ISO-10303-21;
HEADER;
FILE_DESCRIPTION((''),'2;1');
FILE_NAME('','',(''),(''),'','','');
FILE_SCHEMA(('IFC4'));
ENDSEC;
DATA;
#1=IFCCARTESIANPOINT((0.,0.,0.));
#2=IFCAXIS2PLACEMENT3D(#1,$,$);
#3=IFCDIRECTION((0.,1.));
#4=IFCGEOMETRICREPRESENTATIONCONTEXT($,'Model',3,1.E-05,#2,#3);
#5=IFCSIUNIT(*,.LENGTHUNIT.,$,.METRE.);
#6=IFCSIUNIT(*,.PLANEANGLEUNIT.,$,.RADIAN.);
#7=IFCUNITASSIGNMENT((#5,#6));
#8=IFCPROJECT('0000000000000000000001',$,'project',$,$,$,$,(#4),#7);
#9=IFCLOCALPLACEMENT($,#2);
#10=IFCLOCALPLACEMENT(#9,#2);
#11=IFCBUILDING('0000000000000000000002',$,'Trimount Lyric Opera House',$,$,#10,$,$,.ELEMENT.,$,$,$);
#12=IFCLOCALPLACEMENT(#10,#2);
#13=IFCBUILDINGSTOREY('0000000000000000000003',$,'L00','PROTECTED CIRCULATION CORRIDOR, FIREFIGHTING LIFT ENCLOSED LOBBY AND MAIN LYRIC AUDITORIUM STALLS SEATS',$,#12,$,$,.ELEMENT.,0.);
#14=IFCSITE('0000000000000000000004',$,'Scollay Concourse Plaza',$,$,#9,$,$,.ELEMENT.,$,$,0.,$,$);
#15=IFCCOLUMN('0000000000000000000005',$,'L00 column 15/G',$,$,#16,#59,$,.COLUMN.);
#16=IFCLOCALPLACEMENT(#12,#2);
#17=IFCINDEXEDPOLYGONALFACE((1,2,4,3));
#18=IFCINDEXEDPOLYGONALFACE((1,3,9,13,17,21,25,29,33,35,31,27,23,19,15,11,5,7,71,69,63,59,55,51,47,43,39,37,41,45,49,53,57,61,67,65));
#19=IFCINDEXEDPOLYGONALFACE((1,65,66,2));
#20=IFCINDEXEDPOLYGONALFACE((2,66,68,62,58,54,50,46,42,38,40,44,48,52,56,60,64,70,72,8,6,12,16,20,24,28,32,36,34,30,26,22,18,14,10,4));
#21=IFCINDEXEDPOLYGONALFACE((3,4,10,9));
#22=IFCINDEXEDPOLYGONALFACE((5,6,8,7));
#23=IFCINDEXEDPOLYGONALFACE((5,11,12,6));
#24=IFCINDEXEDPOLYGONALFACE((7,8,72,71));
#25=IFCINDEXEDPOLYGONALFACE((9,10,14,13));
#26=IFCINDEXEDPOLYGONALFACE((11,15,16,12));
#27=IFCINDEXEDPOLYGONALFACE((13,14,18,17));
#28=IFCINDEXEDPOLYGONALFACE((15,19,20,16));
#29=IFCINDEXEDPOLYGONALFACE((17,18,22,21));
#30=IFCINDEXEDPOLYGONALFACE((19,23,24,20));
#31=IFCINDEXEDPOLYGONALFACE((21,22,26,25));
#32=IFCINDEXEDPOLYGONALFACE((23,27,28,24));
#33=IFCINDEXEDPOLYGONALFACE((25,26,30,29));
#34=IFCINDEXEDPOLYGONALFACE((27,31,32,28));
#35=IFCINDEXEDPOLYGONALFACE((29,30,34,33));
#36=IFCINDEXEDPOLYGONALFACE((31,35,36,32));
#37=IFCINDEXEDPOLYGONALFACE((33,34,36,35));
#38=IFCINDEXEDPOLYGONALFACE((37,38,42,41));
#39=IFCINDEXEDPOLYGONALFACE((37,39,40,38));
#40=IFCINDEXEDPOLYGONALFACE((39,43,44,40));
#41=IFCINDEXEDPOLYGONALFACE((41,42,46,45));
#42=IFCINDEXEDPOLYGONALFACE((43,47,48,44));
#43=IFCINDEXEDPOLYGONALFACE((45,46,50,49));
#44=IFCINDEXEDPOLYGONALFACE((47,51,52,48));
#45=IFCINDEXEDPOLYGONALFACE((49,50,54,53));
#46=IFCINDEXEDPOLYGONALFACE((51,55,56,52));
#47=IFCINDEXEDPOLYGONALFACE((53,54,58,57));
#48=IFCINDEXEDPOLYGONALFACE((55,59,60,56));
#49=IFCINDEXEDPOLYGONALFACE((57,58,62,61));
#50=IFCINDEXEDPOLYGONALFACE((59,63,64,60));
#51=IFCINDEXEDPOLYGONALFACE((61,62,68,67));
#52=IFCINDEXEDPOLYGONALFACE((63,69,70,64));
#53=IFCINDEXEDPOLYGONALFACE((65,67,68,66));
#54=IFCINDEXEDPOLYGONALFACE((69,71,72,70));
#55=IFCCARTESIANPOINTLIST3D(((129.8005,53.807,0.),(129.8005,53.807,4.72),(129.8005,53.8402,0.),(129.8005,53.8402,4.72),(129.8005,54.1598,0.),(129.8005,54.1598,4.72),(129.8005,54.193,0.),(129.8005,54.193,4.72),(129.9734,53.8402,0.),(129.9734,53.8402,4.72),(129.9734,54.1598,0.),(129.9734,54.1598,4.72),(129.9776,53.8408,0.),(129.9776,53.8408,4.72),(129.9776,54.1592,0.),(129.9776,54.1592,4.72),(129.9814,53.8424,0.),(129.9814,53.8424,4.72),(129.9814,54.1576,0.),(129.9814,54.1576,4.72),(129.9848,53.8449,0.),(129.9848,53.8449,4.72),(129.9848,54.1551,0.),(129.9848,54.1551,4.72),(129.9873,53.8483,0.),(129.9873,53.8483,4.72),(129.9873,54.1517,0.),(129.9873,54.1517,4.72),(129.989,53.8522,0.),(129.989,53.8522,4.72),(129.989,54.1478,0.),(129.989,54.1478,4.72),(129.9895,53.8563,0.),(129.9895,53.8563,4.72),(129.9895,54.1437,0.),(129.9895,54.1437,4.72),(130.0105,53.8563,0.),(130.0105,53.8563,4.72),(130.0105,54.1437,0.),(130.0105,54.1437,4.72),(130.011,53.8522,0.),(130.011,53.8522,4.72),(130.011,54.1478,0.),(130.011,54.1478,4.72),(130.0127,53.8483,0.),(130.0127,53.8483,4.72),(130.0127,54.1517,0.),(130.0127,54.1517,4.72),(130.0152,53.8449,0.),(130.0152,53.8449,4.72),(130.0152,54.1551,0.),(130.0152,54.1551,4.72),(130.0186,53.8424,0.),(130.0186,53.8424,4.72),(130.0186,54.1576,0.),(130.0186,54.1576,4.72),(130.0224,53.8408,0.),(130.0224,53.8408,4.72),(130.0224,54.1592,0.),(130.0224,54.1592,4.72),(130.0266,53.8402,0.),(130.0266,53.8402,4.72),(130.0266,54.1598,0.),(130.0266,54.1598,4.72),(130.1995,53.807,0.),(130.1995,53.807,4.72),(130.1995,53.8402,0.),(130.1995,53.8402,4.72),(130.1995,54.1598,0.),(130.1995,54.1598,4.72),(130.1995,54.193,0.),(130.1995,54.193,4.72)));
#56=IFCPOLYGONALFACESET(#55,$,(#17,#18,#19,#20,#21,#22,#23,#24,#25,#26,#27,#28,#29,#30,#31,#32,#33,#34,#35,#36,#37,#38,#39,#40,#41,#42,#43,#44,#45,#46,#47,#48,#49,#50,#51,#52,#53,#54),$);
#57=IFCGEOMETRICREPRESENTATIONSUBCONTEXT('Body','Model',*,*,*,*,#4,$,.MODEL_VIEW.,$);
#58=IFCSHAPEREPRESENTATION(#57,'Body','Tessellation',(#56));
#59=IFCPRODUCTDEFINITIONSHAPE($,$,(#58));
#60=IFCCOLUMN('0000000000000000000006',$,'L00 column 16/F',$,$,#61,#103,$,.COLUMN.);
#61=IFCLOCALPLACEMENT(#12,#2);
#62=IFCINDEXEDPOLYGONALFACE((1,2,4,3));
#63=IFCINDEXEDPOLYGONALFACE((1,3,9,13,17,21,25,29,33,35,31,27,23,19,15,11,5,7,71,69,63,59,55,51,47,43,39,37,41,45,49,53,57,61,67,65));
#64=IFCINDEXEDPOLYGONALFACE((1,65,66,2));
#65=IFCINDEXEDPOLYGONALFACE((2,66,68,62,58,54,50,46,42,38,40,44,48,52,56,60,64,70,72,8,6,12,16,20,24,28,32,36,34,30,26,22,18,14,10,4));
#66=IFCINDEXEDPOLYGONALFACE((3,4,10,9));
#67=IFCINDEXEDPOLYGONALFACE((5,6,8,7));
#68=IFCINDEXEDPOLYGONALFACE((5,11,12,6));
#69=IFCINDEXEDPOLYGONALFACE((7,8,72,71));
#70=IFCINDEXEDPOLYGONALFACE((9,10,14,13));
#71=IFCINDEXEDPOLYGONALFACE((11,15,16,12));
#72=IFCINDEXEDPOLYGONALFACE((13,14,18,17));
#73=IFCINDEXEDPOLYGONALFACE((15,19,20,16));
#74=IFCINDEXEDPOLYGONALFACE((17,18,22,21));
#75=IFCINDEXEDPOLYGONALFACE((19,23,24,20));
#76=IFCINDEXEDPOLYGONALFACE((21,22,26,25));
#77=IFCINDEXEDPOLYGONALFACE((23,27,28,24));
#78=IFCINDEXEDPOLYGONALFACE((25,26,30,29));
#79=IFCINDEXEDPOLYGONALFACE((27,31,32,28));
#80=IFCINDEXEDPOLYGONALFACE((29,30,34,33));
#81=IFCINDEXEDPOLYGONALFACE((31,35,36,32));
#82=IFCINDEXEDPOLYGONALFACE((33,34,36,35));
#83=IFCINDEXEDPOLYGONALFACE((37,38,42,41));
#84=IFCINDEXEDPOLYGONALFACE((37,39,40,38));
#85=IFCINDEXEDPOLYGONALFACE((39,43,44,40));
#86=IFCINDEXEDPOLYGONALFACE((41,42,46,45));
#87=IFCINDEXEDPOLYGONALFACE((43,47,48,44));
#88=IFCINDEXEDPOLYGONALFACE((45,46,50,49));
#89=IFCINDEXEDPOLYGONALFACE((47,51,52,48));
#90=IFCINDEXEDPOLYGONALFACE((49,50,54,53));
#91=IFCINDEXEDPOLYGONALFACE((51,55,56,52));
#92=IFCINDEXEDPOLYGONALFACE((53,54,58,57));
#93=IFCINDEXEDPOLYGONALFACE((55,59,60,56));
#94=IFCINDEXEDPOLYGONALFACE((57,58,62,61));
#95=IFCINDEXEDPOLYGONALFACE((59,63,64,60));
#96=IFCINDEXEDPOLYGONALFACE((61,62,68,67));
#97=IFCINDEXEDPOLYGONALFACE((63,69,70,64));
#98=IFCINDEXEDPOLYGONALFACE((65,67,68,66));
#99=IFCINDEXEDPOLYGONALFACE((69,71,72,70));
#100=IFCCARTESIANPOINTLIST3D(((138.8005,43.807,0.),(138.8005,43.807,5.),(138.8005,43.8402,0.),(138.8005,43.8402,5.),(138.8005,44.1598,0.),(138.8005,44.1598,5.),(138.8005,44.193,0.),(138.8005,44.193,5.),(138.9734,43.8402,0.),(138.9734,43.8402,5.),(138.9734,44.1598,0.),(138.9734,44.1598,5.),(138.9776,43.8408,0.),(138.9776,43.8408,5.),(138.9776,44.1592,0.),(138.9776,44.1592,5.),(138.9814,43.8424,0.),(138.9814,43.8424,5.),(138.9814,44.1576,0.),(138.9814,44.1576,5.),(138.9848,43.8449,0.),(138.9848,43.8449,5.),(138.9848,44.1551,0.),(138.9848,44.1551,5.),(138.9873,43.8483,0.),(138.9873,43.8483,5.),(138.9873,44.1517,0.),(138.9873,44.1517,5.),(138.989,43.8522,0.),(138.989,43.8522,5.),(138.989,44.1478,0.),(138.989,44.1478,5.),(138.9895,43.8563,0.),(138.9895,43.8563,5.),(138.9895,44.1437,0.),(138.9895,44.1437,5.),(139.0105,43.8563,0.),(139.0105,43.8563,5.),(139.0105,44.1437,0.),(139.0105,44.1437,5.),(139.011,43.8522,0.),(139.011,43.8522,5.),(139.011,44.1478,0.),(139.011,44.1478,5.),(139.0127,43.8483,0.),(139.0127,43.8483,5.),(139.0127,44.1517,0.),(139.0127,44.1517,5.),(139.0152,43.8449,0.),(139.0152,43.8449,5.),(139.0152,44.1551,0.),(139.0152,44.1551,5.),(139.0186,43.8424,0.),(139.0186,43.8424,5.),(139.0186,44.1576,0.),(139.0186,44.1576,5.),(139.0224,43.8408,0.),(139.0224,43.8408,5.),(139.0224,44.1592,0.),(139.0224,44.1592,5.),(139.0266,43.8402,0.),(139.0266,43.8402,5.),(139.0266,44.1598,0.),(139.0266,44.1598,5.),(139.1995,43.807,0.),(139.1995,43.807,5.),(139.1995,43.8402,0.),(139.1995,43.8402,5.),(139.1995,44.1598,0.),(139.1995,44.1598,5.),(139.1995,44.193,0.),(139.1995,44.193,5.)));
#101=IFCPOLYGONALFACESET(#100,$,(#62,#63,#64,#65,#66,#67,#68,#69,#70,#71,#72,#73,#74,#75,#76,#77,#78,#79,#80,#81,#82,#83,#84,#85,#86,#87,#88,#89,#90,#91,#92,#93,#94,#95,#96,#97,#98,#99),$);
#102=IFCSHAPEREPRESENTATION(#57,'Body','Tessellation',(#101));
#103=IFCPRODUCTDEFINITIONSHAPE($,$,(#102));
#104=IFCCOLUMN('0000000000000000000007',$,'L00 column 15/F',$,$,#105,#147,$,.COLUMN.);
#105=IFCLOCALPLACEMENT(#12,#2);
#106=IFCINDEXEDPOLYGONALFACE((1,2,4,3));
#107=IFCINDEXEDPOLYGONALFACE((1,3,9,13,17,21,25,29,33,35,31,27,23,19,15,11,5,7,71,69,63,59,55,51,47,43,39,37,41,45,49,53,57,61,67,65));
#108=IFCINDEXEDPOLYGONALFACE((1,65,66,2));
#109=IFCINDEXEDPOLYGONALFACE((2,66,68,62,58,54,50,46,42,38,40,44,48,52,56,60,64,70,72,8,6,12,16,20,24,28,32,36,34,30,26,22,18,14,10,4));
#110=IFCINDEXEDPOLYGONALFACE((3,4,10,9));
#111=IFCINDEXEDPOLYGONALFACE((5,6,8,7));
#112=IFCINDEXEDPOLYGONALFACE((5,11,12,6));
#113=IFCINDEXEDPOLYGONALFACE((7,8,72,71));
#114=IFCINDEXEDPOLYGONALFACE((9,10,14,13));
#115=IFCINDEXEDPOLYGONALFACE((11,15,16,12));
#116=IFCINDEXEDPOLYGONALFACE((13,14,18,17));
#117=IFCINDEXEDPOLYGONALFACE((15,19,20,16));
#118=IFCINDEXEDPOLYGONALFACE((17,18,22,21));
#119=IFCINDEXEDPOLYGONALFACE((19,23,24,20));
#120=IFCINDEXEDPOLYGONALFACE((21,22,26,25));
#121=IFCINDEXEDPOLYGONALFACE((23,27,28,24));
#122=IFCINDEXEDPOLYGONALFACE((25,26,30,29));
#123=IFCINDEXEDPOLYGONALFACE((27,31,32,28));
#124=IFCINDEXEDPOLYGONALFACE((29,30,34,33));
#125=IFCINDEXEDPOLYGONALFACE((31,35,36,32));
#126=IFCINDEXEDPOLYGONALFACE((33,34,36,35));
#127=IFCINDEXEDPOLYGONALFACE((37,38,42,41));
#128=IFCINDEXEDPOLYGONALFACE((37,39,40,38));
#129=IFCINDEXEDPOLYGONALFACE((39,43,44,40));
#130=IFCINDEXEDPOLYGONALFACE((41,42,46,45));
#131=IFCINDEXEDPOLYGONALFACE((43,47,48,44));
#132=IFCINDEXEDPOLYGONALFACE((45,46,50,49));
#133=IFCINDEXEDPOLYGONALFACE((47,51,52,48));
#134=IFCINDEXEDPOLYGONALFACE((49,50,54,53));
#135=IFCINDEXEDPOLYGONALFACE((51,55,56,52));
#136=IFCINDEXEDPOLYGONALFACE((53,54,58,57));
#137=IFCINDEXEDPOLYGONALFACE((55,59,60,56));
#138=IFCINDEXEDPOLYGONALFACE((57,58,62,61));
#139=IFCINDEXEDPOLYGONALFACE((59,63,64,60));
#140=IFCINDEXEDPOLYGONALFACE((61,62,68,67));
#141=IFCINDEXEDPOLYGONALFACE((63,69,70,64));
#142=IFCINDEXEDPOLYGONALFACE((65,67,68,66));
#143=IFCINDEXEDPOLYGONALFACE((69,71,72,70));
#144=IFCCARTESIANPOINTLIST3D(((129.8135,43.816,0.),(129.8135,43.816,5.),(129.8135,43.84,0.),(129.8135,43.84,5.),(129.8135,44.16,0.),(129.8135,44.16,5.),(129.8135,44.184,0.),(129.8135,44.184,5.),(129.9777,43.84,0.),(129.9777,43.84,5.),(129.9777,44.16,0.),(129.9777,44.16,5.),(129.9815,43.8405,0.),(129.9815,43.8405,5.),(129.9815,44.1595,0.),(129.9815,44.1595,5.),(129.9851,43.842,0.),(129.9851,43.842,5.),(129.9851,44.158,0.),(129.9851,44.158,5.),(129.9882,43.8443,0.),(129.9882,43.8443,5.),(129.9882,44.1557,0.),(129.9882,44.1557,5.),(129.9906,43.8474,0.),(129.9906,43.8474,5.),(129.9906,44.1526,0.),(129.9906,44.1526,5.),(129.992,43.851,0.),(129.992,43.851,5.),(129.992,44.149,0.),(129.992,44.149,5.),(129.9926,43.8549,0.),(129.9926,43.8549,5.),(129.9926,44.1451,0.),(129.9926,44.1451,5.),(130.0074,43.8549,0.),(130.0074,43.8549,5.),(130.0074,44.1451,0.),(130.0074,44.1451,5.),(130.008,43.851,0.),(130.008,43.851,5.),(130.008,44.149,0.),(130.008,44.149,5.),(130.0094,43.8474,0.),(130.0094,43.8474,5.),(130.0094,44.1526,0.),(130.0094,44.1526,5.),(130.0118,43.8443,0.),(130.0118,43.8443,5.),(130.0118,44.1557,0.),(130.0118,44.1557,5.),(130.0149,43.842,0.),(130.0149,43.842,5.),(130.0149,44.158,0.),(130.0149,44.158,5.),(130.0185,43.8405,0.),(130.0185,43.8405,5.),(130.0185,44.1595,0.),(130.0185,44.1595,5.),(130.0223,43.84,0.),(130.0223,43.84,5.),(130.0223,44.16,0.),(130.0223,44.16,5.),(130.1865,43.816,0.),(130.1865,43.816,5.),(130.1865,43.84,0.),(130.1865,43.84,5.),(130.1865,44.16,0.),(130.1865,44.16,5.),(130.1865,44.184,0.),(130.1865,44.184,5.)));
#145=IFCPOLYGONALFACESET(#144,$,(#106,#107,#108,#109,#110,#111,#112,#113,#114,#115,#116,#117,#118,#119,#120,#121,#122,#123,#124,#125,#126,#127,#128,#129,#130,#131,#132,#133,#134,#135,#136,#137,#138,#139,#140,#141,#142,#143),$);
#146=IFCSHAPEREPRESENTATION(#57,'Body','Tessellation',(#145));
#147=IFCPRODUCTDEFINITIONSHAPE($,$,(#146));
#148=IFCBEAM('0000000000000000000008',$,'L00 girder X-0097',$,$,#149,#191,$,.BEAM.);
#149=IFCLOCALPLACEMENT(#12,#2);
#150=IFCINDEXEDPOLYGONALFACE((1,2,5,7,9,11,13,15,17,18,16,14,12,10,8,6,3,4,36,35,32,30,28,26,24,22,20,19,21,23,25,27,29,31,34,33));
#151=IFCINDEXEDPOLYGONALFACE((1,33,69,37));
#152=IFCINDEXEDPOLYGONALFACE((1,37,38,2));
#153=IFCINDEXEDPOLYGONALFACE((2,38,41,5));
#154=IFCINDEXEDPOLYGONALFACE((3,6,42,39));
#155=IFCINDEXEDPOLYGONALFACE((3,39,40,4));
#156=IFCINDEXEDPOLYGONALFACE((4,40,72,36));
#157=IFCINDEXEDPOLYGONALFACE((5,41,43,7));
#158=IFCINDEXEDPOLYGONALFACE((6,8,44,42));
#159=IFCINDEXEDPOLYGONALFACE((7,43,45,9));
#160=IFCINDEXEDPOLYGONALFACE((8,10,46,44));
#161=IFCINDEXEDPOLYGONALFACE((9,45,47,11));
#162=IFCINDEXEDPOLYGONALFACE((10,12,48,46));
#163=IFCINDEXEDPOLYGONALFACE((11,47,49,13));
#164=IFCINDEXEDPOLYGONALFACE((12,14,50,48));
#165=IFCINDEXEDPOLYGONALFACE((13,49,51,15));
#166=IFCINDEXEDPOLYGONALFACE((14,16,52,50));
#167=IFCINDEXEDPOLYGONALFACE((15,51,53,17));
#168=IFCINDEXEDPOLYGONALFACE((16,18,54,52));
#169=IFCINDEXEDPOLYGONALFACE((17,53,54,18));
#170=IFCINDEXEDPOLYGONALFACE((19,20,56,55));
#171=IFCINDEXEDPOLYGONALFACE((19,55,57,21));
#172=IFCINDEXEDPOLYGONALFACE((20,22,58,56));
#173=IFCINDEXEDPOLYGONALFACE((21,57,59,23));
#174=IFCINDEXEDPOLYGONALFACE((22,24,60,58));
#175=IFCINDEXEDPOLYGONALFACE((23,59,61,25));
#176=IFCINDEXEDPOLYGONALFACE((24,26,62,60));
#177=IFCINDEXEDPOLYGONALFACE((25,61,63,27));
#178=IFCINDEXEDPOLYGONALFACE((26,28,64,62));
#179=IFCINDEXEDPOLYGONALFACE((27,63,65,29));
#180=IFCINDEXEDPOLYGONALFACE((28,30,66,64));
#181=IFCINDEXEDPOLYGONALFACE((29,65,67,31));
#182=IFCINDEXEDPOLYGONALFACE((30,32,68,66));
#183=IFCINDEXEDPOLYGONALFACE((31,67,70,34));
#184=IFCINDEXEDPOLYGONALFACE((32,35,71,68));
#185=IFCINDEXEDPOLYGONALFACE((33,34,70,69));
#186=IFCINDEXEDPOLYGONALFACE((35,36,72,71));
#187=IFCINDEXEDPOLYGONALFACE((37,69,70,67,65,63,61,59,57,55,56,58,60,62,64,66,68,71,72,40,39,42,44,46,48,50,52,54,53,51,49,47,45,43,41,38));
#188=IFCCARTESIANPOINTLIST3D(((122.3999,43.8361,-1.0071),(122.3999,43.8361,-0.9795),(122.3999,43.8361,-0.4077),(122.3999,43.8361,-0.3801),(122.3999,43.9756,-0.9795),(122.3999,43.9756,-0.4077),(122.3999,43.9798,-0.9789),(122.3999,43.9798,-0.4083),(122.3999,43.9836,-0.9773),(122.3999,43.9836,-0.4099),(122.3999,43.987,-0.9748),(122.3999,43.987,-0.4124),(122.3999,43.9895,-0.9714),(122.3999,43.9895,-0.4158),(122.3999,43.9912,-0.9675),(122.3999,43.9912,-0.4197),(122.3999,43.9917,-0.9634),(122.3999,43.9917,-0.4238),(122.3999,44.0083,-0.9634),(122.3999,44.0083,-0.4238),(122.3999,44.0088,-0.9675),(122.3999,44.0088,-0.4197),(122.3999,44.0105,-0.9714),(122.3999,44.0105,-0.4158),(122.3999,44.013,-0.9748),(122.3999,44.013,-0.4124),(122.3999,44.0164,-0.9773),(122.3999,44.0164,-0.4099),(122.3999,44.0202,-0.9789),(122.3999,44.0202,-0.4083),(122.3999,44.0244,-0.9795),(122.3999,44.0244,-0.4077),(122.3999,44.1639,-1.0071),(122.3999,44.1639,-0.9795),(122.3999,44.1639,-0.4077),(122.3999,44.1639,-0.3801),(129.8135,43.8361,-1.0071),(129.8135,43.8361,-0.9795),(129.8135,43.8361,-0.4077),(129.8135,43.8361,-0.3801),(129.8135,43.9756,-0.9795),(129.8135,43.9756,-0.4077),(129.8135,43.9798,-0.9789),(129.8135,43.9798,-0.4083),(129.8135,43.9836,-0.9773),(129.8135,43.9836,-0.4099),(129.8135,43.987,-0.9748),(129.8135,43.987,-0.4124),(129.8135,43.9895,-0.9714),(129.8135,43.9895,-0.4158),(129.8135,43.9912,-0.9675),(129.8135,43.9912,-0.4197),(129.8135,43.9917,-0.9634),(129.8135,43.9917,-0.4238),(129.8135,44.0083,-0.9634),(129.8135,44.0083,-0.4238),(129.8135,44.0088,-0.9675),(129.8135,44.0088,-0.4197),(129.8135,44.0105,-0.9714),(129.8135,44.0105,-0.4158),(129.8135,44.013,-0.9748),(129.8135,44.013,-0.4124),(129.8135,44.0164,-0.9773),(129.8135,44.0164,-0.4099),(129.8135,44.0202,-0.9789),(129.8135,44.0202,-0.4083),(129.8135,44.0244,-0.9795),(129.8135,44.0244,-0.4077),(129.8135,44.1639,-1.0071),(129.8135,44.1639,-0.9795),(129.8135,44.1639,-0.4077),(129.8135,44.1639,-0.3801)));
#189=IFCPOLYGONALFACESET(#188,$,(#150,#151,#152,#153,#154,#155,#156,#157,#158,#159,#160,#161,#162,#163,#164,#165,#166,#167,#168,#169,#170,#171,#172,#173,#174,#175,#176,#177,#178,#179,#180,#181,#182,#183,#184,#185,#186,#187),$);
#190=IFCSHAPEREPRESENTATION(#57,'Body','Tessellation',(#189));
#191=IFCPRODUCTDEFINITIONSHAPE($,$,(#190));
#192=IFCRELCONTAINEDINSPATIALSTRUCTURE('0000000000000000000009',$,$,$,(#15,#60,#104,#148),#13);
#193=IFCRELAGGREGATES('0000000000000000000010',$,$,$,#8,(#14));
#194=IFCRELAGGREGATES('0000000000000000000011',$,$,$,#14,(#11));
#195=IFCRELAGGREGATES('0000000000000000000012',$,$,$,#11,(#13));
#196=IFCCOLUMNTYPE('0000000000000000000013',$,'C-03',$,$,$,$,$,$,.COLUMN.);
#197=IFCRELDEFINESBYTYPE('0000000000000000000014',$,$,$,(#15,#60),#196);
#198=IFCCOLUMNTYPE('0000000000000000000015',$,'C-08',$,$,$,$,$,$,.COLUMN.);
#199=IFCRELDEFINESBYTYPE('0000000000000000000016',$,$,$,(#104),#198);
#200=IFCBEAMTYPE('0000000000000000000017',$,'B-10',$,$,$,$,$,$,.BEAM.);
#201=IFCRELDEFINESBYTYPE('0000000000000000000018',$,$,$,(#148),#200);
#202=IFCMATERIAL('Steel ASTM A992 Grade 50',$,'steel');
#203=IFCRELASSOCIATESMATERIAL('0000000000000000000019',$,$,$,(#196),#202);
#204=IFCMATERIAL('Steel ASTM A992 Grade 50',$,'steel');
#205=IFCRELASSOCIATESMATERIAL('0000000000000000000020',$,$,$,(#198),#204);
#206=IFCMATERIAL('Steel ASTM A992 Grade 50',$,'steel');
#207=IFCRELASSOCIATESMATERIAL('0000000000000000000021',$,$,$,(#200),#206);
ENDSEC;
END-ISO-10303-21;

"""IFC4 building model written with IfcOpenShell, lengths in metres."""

from ifc_helpers import new_model, si_unit, direction, frame, origin, origin_2d, place, context, subcontext, project, spatial, i_section, extrude, material, material_profile, profile_set, type_object, element, save


model = new_model("IFC4")

# Units and contexts
model_context = context("Model", 3, precision=1e-05, world=origin(), true_north=direction((0.0, 1.0)))
body_context = subcontext(model_context, "Body", "Model", "MODEL_VIEW")
ifc_project = project(units=[si_unit("LENGTHUNIT", "METRE"), si_unit("PLANEANGLEUNIT", "RADIAN")], contexts=[model_context])

# Site, building, storey
site_placement = place(None, origin())
site = spatial("IfcSite", under=ifc_project, at=site_placement, Name="Scollay Concourse Plaza", CompositionType="ELEMENT", RefElevation=0.0)
building_placement = place(site_placement, origin())
building = spatial("IfcBuilding", under=site, at=building_placement, Name="Trimount Lyric Opera House", CompositionType="ELEMENT")
storey_placement = place(building_placement, origin())
storey = spatial("IfcBuildingStorey", under=building, at=storey_placement, Name="L00", Description="PROTECTED CIRCULATION CORRIDOR, FIREFIGHTING LIFT ENCLOSED LOBBY AND MAIN LYRIC AUDITORIUM STALLS SEATS", CompositionType="ELEMENT", Elevation=0.0)

# Columns
ifc_material_1 = material(Name="Steel ASTM A992 Grade 50", Category="steel")
ifc_material_profile_1 = material_profile(ifc_material_1, i_section(OverallWidth=0.3989, OverallDepth=0.386, WebThickness=0.021, FlangeThickness=0.0332, FilletRadius=0.0161, at=origin_2d()), Name="W14X176")
ifc_profile_set_1 = profile_set([ifc_material_profile_1], Name="Steel ASTM A992 Grade 50")
column_type_1 = type_object("IfcColumnType", Name="C-03", PredefinedType="COLUMN", material=ifc_profile_set_1)
column_1_placement = place(storey_placement, frame((130.0, 54.0, 0.0), z_axis=(0.0, 0.0, 1.0), x_axis=(1.0, 0.0, 0.0)))
element("IfcColumn", 1, at=column_1_placement, inside=storey, type_object=column_type_1, Name="L00 column 15/G", PredefinedType="COLUMN", context=body_context, shape_type="SweptSolid", body=[
    extrude(i_section(OverallWidth=0.3989, OverallDepth=0.386, WebThickness=0.021, FlangeThickness=0.0332, FilletRadius=0.0161, at=origin_2d()), origin(), (0.0, 0.0, 1.0), 4.72),
])
column_2_placement = place(storey_placement, frame((139.0, 44.0, 0.0), z_axis=(0.0, 0.0, 1.0), x_axis=(1.0, 0.0, 0.0)))
element("IfcColumn", 2, at=column_2_placement, inside=storey, type_object=column_type_1, Name="L00 column 16/F", PredefinedType="COLUMN", context=body_context, shape_type="SweptSolid", body=[
    extrude(i_section(OverallWidth=0.3989, OverallDepth=0.386, WebThickness=0.021, FlangeThickness=0.0332, FilletRadius=0.0161, at=origin_2d()), origin(), (0.0, 0.0, 1.0), 5.0),
])
ifc_material_2 = material(Name="Steel ASTM A992 Grade 50", Category="steel")
ifc_material_profile_2 = material_profile(ifc_material_2, i_section(OverallWidth=0.373, OverallDepth=0.3679, WebThickness=0.0149, FlangeThickness=0.0239, FilletRadius=0.0149, at=origin_2d()), Name="W14X120")
ifc_profile_set_2 = profile_set([ifc_material_profile_2], Name="Steel ASTM A992 Grade 50")
column_type_2 = type_object("IfcColumnType", Name="C-08", PredefinedType="COLUMN", material=ifc_profile_set_2)
column_3_placement = place(storey_placement, frame((130.0, 44.0, 0.0), z_axis=(0.0, 0.0, 1.0), x_axis=(1.0, 0.0, 0.0)))
element("IfcColumn", 3, at=column_3_placement, inside=storey, type_object=column_type_2, Name="L00 column 15/F", PredefinedType="COLUMN", context=body_context, shape_type="SweptSolid", body=[
    extrude(i_section(OverallWidth=0.373, OverallDepth=0.3679, WebThickness=0.0149, FlangeThickness=0.0239, FilletRadius=0.0149, at=origin_2d()), origin(), (0.0, 0.0, 1.0), 5.0),
])

# Beam
ifc_material_3 = material(Name="Steel ASTM A992 Grade 50", Category="steel")
ifc_material_profile_3 = material_profile(ifc_material_3, i_section(OverallWidth=0.3279, OverallDepth=0.627, WebThickness=0.0166, FlangeThickness=0.0276, FilletRadius=0.0161, at=origin_2d()), Name="W24X146")
ifc_profile_set_3 = profile_set([ifc_material_profile_3], Name="Steel ASTM A992 Grade 50")
beam_type_1 = type_object("IfcBeamType", Name="B-10", PredefinedType="BEAM", material=ifc_profile_set_3)
beam_1_placement = place(storey_placement, frame((122.3999, 44.0, -0.6936), z_axis=(1.0, 0.0, 0.0), x_axis=(0.0, 1.0, 0.0)))
element("IfcBeam", 4, at=beam_1_placement, inside=storey, type_object=beam_type_1, Name="L00 girder X-0097", PredefinedType="BEAM", context=body_context, shape_type="SweptSolid", body=[
    extrude(i_section(OverallWidth=0.3279, OverallDepth=0.627, WebThickness=0.0166, FlangeThickness=0.0276, FilletRadius=0.0161, at=origin_2d()), origin(), (0.0, 0.0, 1.0), 7.4136),
])

save(model, "model.ifc")
